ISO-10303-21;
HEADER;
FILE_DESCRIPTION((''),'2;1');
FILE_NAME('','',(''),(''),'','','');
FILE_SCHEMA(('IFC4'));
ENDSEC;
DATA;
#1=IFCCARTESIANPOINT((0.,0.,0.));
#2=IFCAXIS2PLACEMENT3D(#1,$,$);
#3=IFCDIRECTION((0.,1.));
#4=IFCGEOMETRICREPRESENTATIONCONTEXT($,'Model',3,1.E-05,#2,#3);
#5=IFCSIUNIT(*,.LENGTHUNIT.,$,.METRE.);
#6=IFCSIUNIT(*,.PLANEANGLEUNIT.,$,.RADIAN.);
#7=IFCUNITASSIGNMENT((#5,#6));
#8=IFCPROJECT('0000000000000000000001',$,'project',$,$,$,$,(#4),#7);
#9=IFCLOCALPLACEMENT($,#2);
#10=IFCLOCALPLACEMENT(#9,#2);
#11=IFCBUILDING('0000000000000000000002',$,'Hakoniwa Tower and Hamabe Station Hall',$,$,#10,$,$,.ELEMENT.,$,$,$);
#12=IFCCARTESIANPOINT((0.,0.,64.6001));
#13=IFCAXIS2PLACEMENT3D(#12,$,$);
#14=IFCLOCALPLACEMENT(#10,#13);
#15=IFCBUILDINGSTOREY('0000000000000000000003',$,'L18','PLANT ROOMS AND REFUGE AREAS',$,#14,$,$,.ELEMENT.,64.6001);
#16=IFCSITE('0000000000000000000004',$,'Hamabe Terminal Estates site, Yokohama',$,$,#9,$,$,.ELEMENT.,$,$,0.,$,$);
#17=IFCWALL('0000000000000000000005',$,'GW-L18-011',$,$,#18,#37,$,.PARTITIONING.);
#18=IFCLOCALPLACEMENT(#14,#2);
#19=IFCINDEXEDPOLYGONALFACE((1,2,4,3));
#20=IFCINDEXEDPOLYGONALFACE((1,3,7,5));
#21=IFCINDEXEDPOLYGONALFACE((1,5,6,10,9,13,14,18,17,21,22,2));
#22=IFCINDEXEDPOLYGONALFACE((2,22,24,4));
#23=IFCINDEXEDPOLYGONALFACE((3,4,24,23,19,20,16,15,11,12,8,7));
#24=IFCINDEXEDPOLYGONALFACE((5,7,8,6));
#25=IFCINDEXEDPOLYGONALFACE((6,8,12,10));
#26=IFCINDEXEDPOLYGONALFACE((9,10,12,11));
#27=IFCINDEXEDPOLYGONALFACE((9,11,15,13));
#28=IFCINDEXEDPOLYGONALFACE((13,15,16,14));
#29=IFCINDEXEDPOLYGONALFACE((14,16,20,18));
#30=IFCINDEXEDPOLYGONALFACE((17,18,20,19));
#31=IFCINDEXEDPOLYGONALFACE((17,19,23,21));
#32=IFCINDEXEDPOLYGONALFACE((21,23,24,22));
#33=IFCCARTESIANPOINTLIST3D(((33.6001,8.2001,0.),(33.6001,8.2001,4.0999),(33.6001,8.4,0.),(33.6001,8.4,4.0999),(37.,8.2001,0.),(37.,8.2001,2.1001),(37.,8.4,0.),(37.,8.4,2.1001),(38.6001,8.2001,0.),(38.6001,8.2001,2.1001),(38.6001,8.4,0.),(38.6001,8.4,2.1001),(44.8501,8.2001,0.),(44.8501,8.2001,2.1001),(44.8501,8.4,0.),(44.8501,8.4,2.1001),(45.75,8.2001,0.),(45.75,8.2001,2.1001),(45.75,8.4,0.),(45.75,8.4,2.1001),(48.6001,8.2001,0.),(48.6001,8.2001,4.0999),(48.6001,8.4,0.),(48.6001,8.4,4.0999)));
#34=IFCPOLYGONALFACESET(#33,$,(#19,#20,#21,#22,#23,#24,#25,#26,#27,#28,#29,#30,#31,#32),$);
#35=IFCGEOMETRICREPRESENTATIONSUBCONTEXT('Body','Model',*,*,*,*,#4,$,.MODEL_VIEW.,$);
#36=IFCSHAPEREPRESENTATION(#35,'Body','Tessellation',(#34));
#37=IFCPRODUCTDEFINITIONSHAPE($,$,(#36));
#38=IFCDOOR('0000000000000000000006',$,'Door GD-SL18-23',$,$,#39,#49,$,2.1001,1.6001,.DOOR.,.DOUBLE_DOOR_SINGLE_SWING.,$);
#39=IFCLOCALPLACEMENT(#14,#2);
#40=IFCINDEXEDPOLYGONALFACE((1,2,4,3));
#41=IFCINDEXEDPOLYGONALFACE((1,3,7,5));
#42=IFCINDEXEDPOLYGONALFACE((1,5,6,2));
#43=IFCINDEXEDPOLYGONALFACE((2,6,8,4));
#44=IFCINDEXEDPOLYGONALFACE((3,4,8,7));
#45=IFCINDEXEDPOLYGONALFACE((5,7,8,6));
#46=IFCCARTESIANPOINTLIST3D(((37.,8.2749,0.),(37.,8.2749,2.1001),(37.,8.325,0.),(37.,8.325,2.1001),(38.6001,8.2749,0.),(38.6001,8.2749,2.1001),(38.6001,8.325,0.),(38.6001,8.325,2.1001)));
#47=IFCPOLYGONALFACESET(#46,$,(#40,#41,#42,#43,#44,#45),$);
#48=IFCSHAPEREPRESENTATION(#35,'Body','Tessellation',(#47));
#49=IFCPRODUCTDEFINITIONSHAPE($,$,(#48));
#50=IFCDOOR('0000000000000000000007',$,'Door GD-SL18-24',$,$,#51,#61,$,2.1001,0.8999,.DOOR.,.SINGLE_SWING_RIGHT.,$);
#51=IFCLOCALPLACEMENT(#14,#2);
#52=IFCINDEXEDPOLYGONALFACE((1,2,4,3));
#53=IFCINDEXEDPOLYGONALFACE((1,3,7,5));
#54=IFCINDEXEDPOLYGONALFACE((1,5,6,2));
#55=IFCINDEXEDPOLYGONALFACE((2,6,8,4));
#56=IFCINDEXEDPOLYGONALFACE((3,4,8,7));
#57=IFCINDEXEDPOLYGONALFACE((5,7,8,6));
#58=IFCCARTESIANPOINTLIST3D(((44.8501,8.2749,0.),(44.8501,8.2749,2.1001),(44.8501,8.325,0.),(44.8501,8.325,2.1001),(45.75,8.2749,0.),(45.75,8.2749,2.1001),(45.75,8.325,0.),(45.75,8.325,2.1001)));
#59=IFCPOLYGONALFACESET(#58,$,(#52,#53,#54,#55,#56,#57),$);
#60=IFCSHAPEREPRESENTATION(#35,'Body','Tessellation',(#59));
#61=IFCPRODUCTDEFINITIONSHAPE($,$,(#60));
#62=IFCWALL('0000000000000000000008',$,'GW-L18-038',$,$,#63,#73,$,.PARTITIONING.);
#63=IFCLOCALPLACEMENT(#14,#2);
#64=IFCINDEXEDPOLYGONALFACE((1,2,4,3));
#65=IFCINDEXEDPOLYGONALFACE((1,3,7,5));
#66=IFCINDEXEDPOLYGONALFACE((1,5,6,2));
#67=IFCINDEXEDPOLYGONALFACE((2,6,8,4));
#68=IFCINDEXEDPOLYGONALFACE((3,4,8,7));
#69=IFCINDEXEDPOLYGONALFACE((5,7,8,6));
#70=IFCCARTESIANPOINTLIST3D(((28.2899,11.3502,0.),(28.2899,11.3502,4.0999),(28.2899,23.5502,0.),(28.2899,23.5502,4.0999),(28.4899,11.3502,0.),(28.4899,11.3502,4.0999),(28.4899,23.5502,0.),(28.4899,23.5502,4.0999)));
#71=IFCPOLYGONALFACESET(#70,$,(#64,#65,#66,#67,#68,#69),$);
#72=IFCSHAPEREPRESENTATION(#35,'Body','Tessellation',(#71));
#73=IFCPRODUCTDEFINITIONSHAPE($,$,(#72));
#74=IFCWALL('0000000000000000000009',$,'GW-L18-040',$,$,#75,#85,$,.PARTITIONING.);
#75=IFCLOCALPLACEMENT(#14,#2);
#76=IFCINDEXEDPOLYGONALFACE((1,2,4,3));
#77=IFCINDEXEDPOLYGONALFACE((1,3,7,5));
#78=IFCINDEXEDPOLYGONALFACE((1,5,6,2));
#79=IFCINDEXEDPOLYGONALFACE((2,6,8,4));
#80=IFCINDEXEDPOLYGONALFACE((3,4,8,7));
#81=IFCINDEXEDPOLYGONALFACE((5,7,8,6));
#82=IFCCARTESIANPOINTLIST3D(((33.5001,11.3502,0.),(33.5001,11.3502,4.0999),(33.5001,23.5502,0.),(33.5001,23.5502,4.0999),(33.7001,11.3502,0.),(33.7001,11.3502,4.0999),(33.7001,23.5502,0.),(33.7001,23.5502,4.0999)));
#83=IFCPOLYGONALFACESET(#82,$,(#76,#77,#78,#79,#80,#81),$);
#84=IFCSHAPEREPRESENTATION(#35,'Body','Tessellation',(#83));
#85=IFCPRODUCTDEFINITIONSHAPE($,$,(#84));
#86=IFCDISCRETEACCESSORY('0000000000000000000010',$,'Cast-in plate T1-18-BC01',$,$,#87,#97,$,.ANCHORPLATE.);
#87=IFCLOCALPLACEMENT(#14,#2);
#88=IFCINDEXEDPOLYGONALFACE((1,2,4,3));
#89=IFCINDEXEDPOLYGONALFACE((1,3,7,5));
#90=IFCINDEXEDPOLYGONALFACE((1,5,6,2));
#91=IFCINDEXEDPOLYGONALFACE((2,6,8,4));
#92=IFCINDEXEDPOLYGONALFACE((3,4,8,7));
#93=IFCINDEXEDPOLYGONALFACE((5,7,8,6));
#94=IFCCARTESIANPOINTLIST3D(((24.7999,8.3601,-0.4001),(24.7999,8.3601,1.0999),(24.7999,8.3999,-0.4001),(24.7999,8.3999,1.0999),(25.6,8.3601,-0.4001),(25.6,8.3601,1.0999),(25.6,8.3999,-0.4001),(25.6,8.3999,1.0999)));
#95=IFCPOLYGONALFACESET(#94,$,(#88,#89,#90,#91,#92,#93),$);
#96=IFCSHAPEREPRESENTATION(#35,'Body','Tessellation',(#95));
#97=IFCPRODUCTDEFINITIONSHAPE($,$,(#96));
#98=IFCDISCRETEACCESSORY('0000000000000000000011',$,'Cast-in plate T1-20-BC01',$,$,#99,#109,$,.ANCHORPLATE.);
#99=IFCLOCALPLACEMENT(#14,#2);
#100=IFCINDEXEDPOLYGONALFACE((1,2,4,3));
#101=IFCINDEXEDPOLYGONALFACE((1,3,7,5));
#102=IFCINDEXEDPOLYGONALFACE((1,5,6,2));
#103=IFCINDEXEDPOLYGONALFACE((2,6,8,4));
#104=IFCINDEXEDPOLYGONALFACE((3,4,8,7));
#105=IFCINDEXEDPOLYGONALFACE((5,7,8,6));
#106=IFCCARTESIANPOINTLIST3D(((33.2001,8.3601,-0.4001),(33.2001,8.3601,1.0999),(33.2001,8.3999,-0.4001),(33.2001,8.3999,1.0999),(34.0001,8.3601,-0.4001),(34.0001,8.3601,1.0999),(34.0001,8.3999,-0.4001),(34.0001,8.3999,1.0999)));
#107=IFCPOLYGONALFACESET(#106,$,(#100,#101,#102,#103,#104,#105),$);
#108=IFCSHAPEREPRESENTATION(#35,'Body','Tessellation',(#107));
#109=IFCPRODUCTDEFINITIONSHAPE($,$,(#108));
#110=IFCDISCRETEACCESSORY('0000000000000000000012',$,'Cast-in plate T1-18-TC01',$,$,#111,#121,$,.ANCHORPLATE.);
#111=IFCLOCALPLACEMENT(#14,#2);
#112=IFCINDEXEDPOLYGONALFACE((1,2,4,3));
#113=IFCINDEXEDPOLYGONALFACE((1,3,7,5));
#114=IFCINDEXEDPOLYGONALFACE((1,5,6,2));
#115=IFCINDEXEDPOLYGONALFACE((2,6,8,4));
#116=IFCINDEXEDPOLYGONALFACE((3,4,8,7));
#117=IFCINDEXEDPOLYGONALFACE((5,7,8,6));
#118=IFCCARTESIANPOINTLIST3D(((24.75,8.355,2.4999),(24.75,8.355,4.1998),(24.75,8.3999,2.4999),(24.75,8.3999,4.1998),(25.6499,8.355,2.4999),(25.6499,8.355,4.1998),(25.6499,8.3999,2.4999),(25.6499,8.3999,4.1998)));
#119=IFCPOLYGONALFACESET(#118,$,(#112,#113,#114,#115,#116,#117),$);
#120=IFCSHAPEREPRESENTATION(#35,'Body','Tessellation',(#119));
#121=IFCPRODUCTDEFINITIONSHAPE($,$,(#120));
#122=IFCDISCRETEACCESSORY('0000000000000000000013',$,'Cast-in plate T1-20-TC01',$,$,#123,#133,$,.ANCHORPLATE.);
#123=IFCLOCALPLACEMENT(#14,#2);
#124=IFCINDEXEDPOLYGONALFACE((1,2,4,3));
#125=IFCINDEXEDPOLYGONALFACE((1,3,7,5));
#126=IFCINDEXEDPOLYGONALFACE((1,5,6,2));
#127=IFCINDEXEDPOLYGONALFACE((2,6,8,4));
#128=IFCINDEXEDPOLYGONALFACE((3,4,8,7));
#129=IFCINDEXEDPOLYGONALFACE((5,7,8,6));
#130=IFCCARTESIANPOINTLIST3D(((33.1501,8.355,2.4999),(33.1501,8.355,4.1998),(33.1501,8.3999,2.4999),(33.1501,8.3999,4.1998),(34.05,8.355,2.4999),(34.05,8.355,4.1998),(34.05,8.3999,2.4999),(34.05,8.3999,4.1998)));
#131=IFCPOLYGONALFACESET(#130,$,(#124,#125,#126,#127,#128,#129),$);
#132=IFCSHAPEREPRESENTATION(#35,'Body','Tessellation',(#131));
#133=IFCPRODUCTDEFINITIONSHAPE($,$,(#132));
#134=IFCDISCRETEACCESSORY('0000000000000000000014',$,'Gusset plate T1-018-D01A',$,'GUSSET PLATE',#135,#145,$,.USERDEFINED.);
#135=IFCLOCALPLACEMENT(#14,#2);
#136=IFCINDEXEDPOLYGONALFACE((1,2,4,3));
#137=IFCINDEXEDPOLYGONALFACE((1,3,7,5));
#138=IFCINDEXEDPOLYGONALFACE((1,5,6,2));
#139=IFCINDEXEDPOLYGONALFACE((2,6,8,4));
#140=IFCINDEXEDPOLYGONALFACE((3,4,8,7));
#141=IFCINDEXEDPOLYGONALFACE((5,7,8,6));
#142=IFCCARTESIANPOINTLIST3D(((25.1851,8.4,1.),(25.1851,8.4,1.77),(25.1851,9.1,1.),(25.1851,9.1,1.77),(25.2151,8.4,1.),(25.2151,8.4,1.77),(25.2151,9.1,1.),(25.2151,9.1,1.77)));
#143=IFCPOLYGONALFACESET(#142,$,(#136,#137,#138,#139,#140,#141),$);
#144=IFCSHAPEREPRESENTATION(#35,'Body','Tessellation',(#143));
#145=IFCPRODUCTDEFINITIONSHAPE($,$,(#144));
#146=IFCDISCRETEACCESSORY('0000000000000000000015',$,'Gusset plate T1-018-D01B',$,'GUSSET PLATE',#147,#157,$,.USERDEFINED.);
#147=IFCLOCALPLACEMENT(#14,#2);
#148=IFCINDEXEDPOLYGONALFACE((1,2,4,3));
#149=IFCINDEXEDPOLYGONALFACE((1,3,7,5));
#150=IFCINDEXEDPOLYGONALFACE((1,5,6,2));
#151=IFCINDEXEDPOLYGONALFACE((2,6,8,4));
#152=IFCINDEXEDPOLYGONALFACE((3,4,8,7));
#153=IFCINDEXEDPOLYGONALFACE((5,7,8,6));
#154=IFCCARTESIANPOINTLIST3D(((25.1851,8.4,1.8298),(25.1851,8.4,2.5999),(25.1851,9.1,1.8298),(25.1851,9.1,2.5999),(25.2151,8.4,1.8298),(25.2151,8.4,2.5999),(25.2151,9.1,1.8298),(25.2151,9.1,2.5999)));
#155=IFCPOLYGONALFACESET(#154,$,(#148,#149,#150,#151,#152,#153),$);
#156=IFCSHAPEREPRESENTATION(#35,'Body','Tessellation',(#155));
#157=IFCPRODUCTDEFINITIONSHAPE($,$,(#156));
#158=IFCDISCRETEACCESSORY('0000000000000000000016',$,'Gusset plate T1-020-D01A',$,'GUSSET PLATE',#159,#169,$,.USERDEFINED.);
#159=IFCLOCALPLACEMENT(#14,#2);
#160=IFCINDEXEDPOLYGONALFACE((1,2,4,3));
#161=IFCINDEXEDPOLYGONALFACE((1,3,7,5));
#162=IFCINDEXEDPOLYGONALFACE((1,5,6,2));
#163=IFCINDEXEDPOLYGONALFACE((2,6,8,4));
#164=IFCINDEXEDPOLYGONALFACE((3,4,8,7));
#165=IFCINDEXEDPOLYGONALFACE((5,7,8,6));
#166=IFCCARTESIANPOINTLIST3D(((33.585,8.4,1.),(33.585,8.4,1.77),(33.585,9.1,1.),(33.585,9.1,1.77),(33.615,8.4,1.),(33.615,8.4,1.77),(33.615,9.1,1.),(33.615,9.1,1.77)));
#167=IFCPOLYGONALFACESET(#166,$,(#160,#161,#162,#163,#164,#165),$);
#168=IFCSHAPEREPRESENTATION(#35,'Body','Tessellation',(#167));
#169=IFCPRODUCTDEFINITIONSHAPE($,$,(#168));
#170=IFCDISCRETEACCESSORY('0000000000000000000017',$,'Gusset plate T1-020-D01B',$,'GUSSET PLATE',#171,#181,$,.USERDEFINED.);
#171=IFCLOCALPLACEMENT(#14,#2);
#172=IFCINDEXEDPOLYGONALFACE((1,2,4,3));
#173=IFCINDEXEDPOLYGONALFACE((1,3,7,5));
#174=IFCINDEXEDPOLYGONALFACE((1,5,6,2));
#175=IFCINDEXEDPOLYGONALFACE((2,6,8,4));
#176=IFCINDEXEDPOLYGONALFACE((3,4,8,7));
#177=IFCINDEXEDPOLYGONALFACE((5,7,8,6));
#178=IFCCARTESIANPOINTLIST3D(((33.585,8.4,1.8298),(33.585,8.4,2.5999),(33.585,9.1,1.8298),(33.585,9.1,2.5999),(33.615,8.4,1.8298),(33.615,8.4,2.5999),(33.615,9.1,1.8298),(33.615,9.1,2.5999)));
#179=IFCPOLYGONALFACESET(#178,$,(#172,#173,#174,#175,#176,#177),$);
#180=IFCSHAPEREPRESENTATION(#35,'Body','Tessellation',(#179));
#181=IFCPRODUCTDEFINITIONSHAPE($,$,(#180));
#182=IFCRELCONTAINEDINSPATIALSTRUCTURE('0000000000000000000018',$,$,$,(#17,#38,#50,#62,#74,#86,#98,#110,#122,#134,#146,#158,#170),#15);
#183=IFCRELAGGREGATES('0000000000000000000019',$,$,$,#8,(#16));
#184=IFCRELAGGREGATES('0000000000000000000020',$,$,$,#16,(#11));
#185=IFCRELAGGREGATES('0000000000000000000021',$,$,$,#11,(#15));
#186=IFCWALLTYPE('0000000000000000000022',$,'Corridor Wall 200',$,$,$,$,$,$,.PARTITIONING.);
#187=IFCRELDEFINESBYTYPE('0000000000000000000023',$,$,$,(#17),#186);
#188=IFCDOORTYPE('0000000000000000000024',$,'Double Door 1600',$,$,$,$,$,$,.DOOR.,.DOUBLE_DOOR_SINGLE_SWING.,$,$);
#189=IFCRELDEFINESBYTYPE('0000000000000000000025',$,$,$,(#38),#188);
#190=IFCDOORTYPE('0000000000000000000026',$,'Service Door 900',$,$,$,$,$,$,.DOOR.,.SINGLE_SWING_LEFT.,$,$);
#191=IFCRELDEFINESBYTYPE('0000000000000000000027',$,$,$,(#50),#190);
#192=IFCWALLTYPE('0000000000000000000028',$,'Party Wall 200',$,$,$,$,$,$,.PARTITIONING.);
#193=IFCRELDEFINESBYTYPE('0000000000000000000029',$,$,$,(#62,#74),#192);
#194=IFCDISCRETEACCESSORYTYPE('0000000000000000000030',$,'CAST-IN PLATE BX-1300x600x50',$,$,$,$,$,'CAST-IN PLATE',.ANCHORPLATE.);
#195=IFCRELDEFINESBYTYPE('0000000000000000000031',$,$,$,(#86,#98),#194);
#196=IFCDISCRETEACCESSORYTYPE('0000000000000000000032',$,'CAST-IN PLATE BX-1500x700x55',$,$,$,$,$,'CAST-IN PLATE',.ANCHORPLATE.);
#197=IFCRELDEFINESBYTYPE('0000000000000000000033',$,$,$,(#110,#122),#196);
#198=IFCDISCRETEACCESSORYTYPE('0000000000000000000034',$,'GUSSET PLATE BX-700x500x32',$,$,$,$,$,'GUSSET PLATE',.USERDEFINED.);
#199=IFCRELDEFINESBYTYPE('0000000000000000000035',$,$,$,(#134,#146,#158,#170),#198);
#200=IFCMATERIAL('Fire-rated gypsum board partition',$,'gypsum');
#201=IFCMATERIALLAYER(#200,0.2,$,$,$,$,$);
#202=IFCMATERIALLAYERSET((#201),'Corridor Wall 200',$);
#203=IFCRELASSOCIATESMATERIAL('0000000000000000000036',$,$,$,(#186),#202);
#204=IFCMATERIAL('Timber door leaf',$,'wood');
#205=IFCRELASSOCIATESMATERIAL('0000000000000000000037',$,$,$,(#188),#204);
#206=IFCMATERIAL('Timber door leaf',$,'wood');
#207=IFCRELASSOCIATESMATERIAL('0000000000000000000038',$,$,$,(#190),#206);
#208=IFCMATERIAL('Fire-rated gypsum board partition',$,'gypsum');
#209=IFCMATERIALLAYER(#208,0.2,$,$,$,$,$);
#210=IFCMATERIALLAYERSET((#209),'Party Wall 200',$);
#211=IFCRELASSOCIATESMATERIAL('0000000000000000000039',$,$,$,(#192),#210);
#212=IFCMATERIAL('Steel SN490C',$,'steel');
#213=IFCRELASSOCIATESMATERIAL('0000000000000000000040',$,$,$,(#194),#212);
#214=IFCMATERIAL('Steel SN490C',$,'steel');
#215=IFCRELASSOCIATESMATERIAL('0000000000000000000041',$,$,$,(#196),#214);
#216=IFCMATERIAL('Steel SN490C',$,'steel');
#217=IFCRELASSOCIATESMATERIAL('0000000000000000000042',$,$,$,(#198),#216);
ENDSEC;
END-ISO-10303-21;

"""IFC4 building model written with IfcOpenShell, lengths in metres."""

from ifc_helpers import new_model, si_unit, direction, frame, frame_2d, origin, origin_2d, place, context, subcontext, project, spatial, rectangle, extrude, material, layer, layer_set, material_profile, profile_set, type_object, element, fill, save


model = new_model("IFC4")

# Units and contexts
model_context = context("Model", 3, precision=1e-05, world=origin(), true_north=direction((0.0, 1.0)))
body_context = subcontext(model_context, "Body", "Model", "MODEL_VIEW")
ifc_project = project(units=[si_unit("LENGTHUNIT", "METRE"), si_unit("PLANEANGLEUNIT", "RADIAN")], contexts=[model_context])

# Site, building, storey
site_placement = place(None, origin())
site = spatial("IfcSite", under=ifc_project, at=site_placement, Name="Hamabe Terminal Estates site, Yokohama", CompositionType="ELEMENT", RefElevation=0.0)
building_placement = place(site_placement, origin())
building = spatial("IfcBuilding", under=site, at=building_placement, Name="Hakoniwa Tower and Hamabe Station Hall", CompositionType="ELEMENT")
storey_placement = place(building_placement, frame((0.0, 0.0, 64.6001)))
storey = spatial("IfcBuildingStorey", under=building, at=storey_placement, Name="L18", Description="PLANT ROOMS AND REFUGE AREAS", CompositionType="ELEMENT", Elevation=64.6001)

# Wall, openings, doors
ifc_material_1 = material(Name="Fire-rated gypsum board partition", Category="gypsum")
ifc_layer_1 = layer(ifc_material_1, 0.2)
ifc_layer_set_1 = layer_set([ifc_layer_1], Name="Corridor Wall 200")
wall_type_1 = type_object("IfcWallType", Name="Corridor Wall 200", PredefinedType="PARTITIONING", material=ifc_layer_set_1)
wall_1_placement = place(storey_placement, frame((33.6001, 8.3, 0.0), z_axis=(0.0, 0.0, 1.0), x_axis=(1.0, 0.0, 0.0)))
wall_1 = element("IfcWall", 1, at=wall_1_placement, inside=storey, type_object=wall_type_1, Name="GW-L18-011", PredefinedType="PARTITIONING", context=body_context, shape_type="SweptSolid", body=[
    extrude(rectangle(XDim=15.0, YDim=0.2, at=frame_2d((7.5, 0.0))), origin(), (0.0, 0.0, 1.0), 4.0999),
])
opening_1_placement = place(wall_1_placement, frame((3.3999, 0.0, 0.0)))
opening_1 = element("IfcOpeningElement", 2, at=opening_1_placement, cuts=wall_1, PredefinedType="OPENING", context=body_context, shape_type="SweptSolid", body=[
    extrude(rectangle(XDim=1.6001, YDim=2.1001, at=frame_2d((0.8, 1.05))), frame((0.0, 0.1099, 0.0), z_axis=(0.0, -1.0, 0.0), x_axis=(1.0, 0.0, 0.0)), (0.0, 0.0, 1.0), 0.22),
])
opening_2_placement = place(wall_1_placement, frame((11.25, 0.0, 0.0)))
opening_2 = element("IfcOpeningElement", 3, at=opening_2_placement, cuts=wall_1, PredefinedType="OPENING", context=body_context, shape_type="SweptSolid", body=[
    extrude(rectangle(XDim=0.8999, YDim=2.1001, at=frame_2d((0.45, 1.05))), frame((0.0, 0.1099, 0.0), z_axis=(0.0, -1.0, 0.0), x_axis=(1.0, 0.0, 0.0)), (0.0, 0.0, 1.0), 0.22),
])
ifc_material_2 = material(Name="Timber door leaf", Category="wood")
door_type_1 = type_object("IfcDoorType", Name="Double Door 1600", OperationType="DOUBLE_DOOR_SINGLE_SWING", PredefinedType="DOOR", material=ifc_material_2)
door_1_placement = place(opening_1_placement, origin())
door_1 = element("IfcDoor", 4, at=door_1_placement, inside=storey, type_object=door_type_1, Name="Door GD-SL18-23", OperationType="DOUBLE_DOOR_SINGLE_SWING", OverallHeight=2.1001, OverallWidth=1.6001, PredefinedType="DOOR", context=body_context, shape_type="SweptSolid", body=[
    extrude(rectangle(XDim=1.6001, YDim=2.1001, at=frame_2d((0.8, 1.05))), frame((0.0, 0.0249, 0.0), z_axis=(0.0, -1.0, 0.0), x_axis=(1.0, 0.0, 0.0)), (0.0, 0.0, 1.0), 0.05),
])
fill(opening_1, door_1)
ifc_material_3 = material(Name="Timber door leaf", Category="wood")
door_type_2 = type_object("IfcDoorType", Name="Service Door 900", OperationType="SINGLE_SWING_LEFT", PredefinedType="DOOR", material=ifc_material_3)
door_2_placement = place(opening_2_placement, origin())
door_2 = element("IfcDoor", 5, at=door_2_placement, inside=storey, type_object=door_type_2, Name="Door GD-SL18-24", OperationType="SINGLE_SWING_RIGHT", OverallHeight=2.1001, OverallWidth=0.8999, PredefinedType="DOOR", context=body_context, shape_type="SweptSolid", body=[
    extrude(rectangle(XDim=0.8999, YDim=2.1001, at=frame_2d((0.45, 1.05))), frame((0.0, 0.0249, 0.0), z_axis=(0.0, -1.0, 0.0), x_axis=(1.0, 0.0, 0.0)), (0.0, 0.0, 1.0), 0.05),
])
fill(opening_2, door_2)

# Walls
ifc_material_4 = material(Name="Fire-rated gypsum board partition", Category="gypsum")
ifc_layer_2 = layer(ifc_material_4, 0.2)
ifc_layer_set_2 = layer_set([ifc_layer_2], Name="Party Wall 200")
wall_type_2 = type_object("IfcWallType", Name="Party Wall 200", PredefinedType="PARTITIONING", material=ifc_layer_set_2)
for number, where, z_axis, x_axis, name in (
    (6, (28.3899, 11.3501, 0.0), (0.0, 0.0, 1.0), (0.0, 1.0, 0.0), "GW-L18-038"),
    (7, (33.6001, 11.3501, 0.0), (0.0, 0.0, 1.0), (0.0, 1.0, 0.0), "GW-L18-040"),
):
    element("IfcWall", number, at=place(storey_placement, frame(where, z_axis=z_axis, x_axis=x_axis)), inside=storey, type_object=wall_type_2, Name=name, PredefinedType="PARTITIONING", context=body_context, shape_type="SweptSolid", body=[
        extrude(rectangle(XDim=12.2, YDim=0.2, at=frame_2d((6.1001, 0.0))), origin(), (0.0, 0.0, 1.0), 4.0999),
    ])

# Discrete accessories
ifc_material_5 = material(Name="Steel SN490C", Category="steel")
ifc_material_profile_1 = material_profile(ifc_material_5, rectangle(XDim=0.8, YDim=1.5, at=origin_2d()), Name="CAST-IN PLATE BX-1300x600x50")
ifc_profile_set_1 = profile_set([ifc_material_profile_1], Name="Steel SN490C")
discrete_accessory_type_1 = type_object("IfcDiscreteAccessoryType", Name="CAST-IN PLATE BX-1300x600x50", ElementType="CAST-IN PLATE", PredefinedType="ANCHORPLATE", material=ifc_profile_set_1)
for number, where, z_axis, x_axis, name in (
    (8, (25.2, 8.3601, 0.3499), (0.0, 1.0, 0.0), (-1.0, 0.0, 0.0), "Cast-in plate T1-18-BC01"),
    (9, (33.6001, 8.3601, 0.3499), (0.0, 1.0, 0.0), (-1.0, 0.0, 0.0), "Cast-in plate T1-20-BC01"),
):
    element("IfcDiscreteAccessory", number, at=place(storey_placement, frame(where, z_axis=z_axis, x_axis=x_axis)), inside=storey, type_object=discrete_accessory_type_1, Name=name, PredefinedType="ANCHORPLATE", context=body_context, shape_type="SweptSolid", body=[
        extrude(rectangle(XDim=0.8, YDim=1.5, at=origin_2d()), origin(), (0.0, 0.0, 1.0), 0.0398),
    ])
ifc_material_6 = material(Name="Steel SN490C", Category="steel")
ifc_material_profile_2 = material_profile(ifc_material_6, rectangle(XDim=0.8999, YDim=1.7, at=origin_2d()), Name="CAST-IN PLATE BX-1500x700x55")
ifc_profile_set_2 = profile_set([ifc_material_profile_2], Name="Steel SN490C")
discrete_accessory_type_2 = type_object("IfcDiscreteAccessoryType", Name="CAST-IN PLATE BX-1500x700x55", ElementType="CAST-IN PLATE", PredefinedType="ANCHORPLATE", material=ifc_profile_set_2)
for number, where, z_axis, x_axis, name in (
    (10, (25.2, 8.355, 3.3499), (0.0, 1.0, 0.0), (-1.0, 0.0, 0.0), "Cast-in plate T1-18-TC01"),
    (11, (33.6001, 8.355, 3.3499), (0.0, 1.0, 0.0), (-1.0, 0.0, 0.0), "Cast-in plate T1-20-TC01"),
):
    element("IfcDiscreteAccessory", number, at=place(storey_placement, frame(where, z_axis=z_axis, x_axis=x_axis)), inside=storey, type_object=discrete_accessory_type_2, Name=name, PredefinedType="ANCHORPLATE", context=body_context, shape_type="SweptSolid", body=[
        extrude(rectangle(XDim=0.8999, YDim=1.7, at=origin_2d()), origin(), (0.0, 0.0, 1.0), 0.0449),
    ])
ifc_material_7 = material(Name="Steel SN490C", Category="steel")
ifc_material_profile_3 = material_profile(ifc_material_7, rectangle(XDim=0.7, YDim=0.77, at=origin_2d()), Name="GUSSET PLATE BX-700x500x32")
ifc_profile_set_3 = profile_set([ifc_material_profile_3], Name="Steel SN490C")
discrete_accessory_type_3 = type_object("IfcDiscreteAccessoryType", Name="GUSSET PLATE BX-700x500x32", ElementType="GUSSET PLATE", PredefinedType="USERDEFINED", material=ifc_profile_set_3)
for number, where, z_axis, x_axis, name in (
    (12, (25.2151, 8.75, 1.385), (-1.0, 0.0, 0.0), (0.0, -1.0, 0.0), "Gusset plate T1-018-D01A"),
    (13, (25.2151, 8.75, 2.2148), (-1.0, 0.0, 0.0), (0.0, -1.0, 0.0), "Gusset plate T1-018-D01B"),
    (14, (33.615, 8.75, 1.385), (-1.0, 0.0, 0.0), (0.0, -1.0, 0.0), "Gusset plate T1-020-D01A"),
    (15, (33.615, 8.75, 2.2148), (-1.0, 0.0, 0.0), (0.0, -1.0, 0.0), "Gusset plate T1-020-D01B"),
):
    element("IfcDiscreteAccessory", number, at=place(storey_placement, frame(where, z_axis=z_axis, x_axis=x_axis)), inside=storey, type_object=discrete_accessory_type_3, Name=name, ObjectType="GUSSET PLATE", PredefinedType="USERDEFINED", context=body_context, shape_type="SweptSolid", body=[
        extrude(rectangle(XDim=0.7, YDim=0.77, at=origin_2d()), origin(), (0.0, 0.0, 1.0), 0.03),
    ])

save(model, "model.ifc")
